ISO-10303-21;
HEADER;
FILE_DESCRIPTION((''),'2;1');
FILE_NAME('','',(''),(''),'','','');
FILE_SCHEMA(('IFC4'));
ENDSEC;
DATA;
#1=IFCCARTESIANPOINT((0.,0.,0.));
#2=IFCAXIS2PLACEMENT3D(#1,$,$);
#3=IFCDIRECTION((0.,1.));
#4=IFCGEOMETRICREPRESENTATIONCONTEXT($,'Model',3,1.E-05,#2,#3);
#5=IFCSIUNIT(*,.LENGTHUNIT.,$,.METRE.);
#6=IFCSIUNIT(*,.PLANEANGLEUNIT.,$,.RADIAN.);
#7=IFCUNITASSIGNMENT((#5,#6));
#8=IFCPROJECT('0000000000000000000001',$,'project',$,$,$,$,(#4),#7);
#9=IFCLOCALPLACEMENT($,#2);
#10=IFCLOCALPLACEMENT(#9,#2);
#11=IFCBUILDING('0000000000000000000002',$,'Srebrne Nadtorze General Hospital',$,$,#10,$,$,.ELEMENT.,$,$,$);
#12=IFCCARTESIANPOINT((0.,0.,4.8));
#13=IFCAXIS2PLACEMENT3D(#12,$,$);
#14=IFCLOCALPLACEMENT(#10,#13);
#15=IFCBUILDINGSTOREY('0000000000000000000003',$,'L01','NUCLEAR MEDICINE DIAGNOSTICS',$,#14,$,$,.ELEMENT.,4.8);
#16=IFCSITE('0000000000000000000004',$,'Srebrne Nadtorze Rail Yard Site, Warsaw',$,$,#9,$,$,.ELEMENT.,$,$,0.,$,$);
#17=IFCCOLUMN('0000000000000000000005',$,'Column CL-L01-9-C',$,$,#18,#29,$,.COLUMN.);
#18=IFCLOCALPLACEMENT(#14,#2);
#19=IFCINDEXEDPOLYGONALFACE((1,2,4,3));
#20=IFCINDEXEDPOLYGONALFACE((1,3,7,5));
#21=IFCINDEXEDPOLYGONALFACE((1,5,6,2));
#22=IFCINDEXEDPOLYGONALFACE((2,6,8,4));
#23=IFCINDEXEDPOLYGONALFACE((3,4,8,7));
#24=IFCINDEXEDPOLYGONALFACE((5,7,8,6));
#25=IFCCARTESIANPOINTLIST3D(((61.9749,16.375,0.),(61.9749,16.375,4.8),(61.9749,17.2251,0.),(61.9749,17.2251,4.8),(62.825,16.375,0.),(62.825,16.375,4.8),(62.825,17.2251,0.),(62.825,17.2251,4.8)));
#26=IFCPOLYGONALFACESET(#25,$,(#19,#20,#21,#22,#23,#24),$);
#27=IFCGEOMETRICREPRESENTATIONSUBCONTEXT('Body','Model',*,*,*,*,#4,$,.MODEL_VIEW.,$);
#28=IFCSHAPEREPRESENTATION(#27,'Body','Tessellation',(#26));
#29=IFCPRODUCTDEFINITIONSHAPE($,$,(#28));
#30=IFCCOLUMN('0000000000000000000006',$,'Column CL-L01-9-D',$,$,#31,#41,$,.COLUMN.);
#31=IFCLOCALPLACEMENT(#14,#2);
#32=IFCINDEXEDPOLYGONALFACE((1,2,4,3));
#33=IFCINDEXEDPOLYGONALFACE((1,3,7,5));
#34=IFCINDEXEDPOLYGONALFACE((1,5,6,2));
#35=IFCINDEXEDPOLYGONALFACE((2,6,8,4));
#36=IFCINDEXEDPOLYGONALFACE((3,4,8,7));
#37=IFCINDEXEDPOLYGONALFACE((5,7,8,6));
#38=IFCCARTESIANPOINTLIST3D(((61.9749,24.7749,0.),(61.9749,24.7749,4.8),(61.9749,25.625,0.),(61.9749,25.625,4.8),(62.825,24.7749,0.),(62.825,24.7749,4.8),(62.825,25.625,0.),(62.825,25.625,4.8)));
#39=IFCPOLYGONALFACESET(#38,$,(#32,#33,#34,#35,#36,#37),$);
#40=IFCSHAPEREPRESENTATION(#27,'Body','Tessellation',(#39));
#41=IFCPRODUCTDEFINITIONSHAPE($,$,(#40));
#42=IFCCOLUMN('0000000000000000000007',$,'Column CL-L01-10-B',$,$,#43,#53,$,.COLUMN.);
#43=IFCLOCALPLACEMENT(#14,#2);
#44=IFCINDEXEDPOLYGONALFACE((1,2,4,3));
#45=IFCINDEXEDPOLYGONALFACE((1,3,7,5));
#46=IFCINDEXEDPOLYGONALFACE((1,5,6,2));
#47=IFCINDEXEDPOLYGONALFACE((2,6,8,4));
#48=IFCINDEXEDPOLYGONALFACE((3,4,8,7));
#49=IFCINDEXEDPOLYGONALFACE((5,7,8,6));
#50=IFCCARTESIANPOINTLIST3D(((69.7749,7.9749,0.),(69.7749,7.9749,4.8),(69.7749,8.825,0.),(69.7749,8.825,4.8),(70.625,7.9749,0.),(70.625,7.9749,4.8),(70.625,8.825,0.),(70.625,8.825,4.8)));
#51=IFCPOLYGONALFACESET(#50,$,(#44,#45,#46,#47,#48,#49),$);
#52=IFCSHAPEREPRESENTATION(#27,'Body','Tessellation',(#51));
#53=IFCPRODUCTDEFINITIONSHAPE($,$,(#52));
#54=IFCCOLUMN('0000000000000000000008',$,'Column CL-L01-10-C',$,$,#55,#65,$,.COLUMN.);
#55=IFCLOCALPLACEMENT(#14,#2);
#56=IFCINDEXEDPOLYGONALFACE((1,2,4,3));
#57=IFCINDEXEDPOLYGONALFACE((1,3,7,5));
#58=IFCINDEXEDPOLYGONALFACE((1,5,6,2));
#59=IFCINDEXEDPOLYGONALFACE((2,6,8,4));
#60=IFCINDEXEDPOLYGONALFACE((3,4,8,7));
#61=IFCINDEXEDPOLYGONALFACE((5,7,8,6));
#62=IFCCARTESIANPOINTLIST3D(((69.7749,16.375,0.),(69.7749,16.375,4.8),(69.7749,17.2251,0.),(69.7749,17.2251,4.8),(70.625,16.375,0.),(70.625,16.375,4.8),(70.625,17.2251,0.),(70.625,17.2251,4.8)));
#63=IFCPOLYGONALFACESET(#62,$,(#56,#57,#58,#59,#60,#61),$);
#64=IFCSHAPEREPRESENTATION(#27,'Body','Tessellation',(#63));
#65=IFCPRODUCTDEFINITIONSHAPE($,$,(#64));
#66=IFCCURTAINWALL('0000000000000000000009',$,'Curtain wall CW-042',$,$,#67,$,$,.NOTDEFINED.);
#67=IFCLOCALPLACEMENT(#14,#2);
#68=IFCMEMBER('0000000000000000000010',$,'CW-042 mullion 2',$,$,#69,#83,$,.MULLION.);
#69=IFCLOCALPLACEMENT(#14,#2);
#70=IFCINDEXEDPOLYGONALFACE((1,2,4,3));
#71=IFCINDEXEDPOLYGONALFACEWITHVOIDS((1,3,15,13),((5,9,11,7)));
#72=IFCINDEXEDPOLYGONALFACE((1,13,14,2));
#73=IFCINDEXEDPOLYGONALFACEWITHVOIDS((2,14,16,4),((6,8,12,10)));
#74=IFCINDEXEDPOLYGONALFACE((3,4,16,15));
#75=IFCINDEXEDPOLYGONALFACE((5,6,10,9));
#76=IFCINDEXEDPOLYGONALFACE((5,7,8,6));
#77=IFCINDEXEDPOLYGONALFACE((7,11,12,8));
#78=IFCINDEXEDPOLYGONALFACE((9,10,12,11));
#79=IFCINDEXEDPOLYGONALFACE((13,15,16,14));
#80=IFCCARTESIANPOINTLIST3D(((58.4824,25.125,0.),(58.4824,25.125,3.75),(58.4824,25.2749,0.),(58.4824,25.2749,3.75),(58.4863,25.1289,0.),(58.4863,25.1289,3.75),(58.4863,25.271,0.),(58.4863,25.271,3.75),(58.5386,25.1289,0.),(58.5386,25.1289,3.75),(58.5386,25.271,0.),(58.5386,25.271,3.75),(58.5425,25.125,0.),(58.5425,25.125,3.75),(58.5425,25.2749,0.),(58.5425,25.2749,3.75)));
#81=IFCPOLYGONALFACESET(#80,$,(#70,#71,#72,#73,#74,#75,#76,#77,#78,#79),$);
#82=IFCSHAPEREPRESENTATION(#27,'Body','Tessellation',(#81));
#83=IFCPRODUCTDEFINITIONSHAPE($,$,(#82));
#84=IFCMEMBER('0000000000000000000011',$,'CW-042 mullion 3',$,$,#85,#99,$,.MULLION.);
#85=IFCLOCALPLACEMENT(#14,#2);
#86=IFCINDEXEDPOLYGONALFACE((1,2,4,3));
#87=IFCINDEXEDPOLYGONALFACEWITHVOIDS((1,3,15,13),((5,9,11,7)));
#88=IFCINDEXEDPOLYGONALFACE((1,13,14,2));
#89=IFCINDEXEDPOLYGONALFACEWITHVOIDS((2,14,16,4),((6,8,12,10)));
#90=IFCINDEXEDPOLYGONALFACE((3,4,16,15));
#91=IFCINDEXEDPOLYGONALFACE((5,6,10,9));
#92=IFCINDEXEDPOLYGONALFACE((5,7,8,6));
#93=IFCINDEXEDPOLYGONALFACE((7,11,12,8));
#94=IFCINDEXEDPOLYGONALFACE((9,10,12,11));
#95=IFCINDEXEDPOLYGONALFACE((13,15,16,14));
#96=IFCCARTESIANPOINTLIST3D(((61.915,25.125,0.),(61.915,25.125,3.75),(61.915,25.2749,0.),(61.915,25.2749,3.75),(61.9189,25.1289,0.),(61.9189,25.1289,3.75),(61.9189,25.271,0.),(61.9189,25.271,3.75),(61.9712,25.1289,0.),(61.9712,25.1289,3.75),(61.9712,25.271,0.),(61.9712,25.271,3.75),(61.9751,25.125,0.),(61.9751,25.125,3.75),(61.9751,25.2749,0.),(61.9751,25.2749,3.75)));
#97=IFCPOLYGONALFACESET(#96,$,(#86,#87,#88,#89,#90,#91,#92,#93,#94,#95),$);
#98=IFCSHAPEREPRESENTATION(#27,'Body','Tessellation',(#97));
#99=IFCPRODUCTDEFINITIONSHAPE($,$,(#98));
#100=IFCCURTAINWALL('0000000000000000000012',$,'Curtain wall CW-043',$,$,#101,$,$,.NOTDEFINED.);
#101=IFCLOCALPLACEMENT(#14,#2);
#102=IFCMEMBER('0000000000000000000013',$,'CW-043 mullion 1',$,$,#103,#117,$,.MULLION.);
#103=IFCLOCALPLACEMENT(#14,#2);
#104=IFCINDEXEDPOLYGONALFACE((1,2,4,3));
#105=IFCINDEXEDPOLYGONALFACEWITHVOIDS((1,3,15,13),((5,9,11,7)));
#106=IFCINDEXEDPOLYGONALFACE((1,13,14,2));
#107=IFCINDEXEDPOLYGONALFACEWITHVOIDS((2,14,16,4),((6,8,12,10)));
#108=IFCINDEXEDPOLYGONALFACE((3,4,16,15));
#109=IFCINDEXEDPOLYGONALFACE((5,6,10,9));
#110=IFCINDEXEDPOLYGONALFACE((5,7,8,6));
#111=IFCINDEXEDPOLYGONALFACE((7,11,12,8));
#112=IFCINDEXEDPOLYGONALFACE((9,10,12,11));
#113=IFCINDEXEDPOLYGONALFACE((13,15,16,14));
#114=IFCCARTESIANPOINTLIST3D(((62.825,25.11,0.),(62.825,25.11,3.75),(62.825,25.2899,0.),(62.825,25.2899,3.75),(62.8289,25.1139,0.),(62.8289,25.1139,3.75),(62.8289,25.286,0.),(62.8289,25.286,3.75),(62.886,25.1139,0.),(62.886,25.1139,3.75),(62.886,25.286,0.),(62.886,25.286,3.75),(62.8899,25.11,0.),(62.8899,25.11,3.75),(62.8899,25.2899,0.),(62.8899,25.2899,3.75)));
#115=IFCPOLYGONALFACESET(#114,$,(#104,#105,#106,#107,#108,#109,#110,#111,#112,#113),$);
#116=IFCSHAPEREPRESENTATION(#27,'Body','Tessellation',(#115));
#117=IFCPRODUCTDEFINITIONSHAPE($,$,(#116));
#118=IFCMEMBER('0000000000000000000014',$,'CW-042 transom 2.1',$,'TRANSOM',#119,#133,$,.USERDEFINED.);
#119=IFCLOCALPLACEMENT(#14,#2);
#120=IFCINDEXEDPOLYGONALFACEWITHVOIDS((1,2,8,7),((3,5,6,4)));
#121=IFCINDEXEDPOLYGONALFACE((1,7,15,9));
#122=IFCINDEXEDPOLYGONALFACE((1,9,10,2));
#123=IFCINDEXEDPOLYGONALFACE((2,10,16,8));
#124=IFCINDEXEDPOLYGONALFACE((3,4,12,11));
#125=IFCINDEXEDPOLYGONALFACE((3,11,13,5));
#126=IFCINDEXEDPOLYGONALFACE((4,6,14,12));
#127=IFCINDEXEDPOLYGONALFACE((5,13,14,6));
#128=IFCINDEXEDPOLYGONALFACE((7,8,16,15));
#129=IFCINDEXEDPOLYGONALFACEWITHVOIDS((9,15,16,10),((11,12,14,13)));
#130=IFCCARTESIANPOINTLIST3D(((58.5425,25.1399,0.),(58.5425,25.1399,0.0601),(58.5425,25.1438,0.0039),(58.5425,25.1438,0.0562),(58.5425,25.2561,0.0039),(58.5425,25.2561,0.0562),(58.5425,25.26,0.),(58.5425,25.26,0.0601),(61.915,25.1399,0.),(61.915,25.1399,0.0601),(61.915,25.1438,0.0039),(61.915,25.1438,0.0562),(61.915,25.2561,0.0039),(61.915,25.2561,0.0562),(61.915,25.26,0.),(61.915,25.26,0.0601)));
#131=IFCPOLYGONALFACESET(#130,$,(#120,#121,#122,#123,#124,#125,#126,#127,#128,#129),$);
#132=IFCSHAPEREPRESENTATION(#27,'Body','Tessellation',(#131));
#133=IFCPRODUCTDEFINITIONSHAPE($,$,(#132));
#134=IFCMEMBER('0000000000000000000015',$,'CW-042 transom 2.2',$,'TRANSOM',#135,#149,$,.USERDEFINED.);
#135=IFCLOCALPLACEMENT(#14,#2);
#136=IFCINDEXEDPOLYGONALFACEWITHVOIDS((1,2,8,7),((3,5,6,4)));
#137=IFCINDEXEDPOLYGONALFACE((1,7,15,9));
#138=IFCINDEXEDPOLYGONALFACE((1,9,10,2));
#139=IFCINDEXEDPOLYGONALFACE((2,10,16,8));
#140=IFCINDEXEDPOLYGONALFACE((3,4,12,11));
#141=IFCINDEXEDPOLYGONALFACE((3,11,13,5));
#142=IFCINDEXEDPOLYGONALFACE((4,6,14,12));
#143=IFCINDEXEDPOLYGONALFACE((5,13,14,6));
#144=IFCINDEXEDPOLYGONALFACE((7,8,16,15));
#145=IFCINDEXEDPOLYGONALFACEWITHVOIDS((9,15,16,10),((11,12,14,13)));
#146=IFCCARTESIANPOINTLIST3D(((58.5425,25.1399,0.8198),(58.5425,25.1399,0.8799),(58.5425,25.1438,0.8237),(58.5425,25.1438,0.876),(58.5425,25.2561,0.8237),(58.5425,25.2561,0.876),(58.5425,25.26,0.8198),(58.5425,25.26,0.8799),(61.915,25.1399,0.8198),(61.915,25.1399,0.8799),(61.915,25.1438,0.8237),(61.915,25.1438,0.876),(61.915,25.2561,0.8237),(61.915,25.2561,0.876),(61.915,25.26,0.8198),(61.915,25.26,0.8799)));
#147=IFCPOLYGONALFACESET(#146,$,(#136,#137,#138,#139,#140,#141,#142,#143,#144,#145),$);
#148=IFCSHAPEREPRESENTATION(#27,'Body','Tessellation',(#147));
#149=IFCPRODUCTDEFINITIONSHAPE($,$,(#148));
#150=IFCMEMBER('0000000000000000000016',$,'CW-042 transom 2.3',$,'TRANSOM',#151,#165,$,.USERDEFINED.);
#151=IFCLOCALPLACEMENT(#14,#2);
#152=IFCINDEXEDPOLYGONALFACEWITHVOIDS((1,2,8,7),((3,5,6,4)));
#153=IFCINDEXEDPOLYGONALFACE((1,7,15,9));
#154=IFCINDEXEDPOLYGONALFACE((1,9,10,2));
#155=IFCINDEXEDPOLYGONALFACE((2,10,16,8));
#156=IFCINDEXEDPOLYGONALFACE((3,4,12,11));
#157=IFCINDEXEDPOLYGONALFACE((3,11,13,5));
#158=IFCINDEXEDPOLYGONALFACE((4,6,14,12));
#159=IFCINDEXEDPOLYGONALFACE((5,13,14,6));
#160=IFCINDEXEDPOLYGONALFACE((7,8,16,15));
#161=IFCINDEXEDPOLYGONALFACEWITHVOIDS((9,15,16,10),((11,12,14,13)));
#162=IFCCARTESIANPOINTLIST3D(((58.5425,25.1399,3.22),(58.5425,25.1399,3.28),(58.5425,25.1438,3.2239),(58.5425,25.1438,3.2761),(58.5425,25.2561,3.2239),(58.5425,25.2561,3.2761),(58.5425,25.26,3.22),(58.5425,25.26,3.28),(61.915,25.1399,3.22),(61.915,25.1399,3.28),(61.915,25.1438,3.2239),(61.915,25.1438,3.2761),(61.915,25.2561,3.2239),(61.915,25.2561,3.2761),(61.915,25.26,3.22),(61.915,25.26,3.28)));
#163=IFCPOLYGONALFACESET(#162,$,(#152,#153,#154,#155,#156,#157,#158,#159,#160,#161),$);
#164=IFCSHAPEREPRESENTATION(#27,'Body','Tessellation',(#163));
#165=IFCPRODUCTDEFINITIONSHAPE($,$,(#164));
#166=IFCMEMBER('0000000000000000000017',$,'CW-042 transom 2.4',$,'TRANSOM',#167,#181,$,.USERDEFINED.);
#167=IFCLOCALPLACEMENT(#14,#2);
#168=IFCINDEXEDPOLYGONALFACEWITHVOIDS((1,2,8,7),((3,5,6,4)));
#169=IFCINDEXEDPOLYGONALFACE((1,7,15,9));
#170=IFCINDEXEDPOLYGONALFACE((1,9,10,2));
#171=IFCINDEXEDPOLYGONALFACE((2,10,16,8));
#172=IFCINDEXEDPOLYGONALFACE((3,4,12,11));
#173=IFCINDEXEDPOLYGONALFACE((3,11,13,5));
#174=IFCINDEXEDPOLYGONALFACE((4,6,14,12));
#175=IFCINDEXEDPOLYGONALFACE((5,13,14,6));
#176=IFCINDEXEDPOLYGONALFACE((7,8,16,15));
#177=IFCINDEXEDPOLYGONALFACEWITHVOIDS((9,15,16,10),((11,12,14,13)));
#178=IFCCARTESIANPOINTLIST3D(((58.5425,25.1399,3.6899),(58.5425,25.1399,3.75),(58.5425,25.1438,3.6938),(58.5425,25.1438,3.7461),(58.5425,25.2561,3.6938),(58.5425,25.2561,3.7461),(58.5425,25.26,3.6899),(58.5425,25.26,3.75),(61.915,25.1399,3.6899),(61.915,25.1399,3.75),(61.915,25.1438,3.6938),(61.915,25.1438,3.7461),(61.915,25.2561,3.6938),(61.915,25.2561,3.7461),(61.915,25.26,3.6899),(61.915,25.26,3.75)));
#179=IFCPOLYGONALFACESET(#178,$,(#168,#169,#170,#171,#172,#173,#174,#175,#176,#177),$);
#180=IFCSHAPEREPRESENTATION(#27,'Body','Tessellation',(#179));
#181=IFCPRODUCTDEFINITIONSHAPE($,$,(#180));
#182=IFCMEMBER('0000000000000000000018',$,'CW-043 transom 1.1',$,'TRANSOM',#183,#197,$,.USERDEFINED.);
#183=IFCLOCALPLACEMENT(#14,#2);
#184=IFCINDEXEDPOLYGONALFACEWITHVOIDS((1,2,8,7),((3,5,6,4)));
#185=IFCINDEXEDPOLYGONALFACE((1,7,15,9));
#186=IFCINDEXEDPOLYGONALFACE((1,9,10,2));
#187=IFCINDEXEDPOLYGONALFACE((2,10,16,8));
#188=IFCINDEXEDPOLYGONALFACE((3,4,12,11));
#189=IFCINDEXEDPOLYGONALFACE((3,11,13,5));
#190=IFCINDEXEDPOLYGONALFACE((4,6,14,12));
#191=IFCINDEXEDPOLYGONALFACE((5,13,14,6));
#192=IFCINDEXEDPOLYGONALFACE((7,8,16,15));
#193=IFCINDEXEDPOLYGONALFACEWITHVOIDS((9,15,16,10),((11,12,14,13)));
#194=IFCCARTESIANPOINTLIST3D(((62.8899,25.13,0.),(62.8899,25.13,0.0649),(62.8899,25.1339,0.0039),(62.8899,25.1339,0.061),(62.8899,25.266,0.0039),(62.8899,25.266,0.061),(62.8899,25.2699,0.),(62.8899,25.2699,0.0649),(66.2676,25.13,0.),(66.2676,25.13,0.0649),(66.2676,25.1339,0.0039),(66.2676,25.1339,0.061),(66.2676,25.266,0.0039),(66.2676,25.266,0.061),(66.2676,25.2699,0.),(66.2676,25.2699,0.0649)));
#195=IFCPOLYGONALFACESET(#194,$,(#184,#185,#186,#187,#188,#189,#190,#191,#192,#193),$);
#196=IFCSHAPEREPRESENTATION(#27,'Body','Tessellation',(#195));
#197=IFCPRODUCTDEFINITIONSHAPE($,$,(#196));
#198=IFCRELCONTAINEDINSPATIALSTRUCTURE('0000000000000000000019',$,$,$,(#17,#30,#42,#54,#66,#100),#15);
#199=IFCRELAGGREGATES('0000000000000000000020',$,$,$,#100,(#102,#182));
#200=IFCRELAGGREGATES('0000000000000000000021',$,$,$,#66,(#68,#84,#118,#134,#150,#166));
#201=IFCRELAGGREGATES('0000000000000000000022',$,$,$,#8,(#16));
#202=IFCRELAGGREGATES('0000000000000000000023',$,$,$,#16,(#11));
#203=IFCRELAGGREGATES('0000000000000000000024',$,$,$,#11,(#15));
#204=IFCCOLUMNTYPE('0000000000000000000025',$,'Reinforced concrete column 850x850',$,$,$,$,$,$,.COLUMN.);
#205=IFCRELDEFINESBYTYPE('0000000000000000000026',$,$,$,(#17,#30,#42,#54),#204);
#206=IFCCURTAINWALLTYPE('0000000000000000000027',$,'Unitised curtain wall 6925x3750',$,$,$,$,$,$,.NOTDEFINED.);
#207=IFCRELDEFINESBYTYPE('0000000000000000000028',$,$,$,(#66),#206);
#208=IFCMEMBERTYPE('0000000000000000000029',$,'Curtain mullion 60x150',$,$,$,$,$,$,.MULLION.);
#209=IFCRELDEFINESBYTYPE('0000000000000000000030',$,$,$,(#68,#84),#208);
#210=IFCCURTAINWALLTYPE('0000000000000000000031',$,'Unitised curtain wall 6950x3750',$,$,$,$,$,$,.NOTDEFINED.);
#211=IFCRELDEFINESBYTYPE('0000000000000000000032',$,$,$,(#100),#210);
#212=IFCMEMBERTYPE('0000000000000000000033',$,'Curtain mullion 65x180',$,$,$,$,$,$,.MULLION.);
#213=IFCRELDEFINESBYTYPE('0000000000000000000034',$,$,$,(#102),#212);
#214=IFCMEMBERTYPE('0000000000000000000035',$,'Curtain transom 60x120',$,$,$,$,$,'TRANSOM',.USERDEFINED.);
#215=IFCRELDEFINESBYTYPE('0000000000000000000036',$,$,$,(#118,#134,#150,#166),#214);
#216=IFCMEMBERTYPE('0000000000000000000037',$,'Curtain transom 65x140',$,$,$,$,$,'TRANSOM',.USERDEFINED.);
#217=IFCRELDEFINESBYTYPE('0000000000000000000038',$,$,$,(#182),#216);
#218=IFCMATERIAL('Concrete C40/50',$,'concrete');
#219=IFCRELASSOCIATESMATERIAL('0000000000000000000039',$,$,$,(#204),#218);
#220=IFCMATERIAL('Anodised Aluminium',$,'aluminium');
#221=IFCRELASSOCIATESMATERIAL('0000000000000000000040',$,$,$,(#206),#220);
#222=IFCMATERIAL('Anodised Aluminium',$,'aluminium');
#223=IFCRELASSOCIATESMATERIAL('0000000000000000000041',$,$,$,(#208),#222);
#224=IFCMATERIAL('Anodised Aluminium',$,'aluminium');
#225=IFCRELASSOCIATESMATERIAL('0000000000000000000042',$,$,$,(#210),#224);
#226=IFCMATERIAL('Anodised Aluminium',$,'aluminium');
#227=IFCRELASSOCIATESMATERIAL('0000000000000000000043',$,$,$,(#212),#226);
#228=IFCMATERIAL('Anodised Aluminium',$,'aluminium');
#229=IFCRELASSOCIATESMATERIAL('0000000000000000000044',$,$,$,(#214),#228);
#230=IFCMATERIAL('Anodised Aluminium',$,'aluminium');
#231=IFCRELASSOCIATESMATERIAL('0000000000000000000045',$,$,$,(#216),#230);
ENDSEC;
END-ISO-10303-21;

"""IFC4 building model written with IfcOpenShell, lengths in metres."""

from ifc_helpers import new_model, si_unit, direction, frame, origin, origin_2d, place, context, subcontext, project, spatial, rectangle, hollow_rectangle, extrude, material, material_profile, profile_set, type_object, element, aggregate, save


model = new_model("IFC4")

# Units and contexts
model_context = context("Model", 3, precision=1e-05, world=origin(), true_north=direction((0.0, 1.0)))
body_context = subcontext(model_context, "Body", "Model", "MODEL_VIEW")
ifc_project = project(units=[si_unit("LENGTHUNIT", "METRE"), si_unit("PLANEANGLEUNIT", "RADIAN")], contexts=[model_context])

# Site, building, storey
site_placement = place(None, origin())
site = spatial("IfcSite", under=ifc_project, at=site_placement, Name="Srebrne Nadtorze Rail Yard Site, Warsaw", CompositionType="ELEMENT", RefElevation=0.0)
building_placement = place(site_placement, origin())
building = spatial("IfcBuilding", under=site, at=building_placement, Name="Srebrne Nadtorze General Hospital", CompositionType="ELEMENT")
storey_placement = place(building_placement, frame((0.0, 0.0, 4.8)))
storey = spatial("IfcBuildingStorey", under=building, at=storey_placement, Name="L01", Description="NUCLEAR MEDICINE DIAGNOSTICS", CompositionType="ELEMENT", Elevation=4.8)

# Columns
ifc_material_1 = material(Name="Concrete C40/50", Category="concrete")
ifc_material_profile_1 = material_profile(ifc_material_1, rectangle(XDim=0.8501, YDim=0.8501, at=origin_2d()), Name="RC-COL-850x850")
ifc_profile_set_1 = profile_set([ifc_material_profile_1], Name="Concrete C40/50")
column_type = type_object("IfcColumnType", Name="Reinforced concrete column 850x850", PredefinedType="COLUMN", material=ifc_profile_set_1)
for number, where, z_axis, x_axis, name in (
    (1, (62.3999, 16.8, 0.0), (0.0, 0.0, 1.0), (1.0, 0.0, 0.0), "Column CL-L01-9-C"),
    (2, (62.3999, 25.2, 0.0), (0.0, 0.0, 1.0), (1.0, 0.0, 0.0), "Column CL-L01-9-D"),
    (3, (70.2, 8.3999, 0.0), (0.0, 0.0, 1.0), (1.0, 0.0, 0.0), "Column CL-L01-10-B"),
    (4, (70.2, 16.8, 0.0), (0.0, 0.0, 1.0), (1.0, 0.0, 0.0), "Column CL-L01-10-C"),
):
    element("IfcColumn", number, at=place(storey_placement, frame(where, z_axis=z_axis, x_axis=x_axis)), inside=storey, type_object=column_type, Name=name, PredefinedType="COLUMN", context=body_context, shape_type="SweptSolid", body=[
        extrude(rectangle(XDim=0.8501, YDim=0.8501, at=origin_2d()), origin(), (0.0, 0.0, 1.0), 4.8),
    ])

# Curtain wall, members
ifc_material_2 = material(Name="Anodised Aluminium", Category="aluminium")
curtain_wall_type_1 = type_object("IfcCurtainWallType", Name="Unitised curtain wall 6925x3750", PredefinedType="NOTDEFINED", material=ifc_material_2)
curtain_wall_1_placement = place(storey_placement, origin())
curtain_wall_1 = element("IfcCurtainWall", 5, at=curtain_wall_1_placement, inside=storey, type_object=curtain_wall_type_1, Name="Curtain wall CW-042", PredefinedType="NOTDEFINED")
ifc_material_3 = material(Name="Anodised Aluminium", Category="aluminium")
ifc_material_profile_2 = material_profile(ifc_material_3, hollow_rectangle(XDim=0.0601, YDim=0.1499, WallThickness=0.0039, at=origin_2d()), Name="AL-MUL-60x150")
ifc_profile_set_2 = profile_set([ifc_material_profile_2], Name="Anodised Aluminium")
member_type_1 = type_object("IfcMemberType", Name="Curtain mullion 60x150", PredefinedType="MULLION", material=ifc_profile_set_2)
member_1_placement = place(storey_placement, frame((58.5125, 25.2, 0.0), z_axis=(0.0, 0.0, 1.0), x_axis=(1.0, 0.0, 0.0)))
member_1 = element("IfcMember", 6, at=member_1_placement, type_object=member_type_1, Name="CW-042 mullion 2", PredefinedType="MULLION", context=body_context, shape_type="SweptSolid", body=[
    extrude(hollow_rectangle(XDim=0.0601, YDim=0.1499, WallThickness=0.0039, at=origin_2d()), origin(), (0.0, 0.0, 1.0), 3.75),
])
member_2_placement = place(storey_placement, frame((61.9451, 25.2, 0.0), z_axis=(0.0, 0.0, 1.0), x_axis=(1.0, 0.0, 0.0)))
member_2 = element("IfcMember", 7, at=member_2_placement, type_object=member_type_1, Name="CW-042 mullion 3", PredefinedType="MULLION", context=body_context, shape_type="SweptSolid", body=[
    extrude(hollow_rectangle(XDim=0.0601, YDim=0.1499, WallThickness=0.0039, at=origin_2d()), origin(), (0.0, 0.0, 1.0), 3.75),
])

# Curtain wall, member
ifc_material_4 = material(Name="Anodised Aluminium", Category="aluminium")
curtain_wall_type_2 = type_object("IfcCurtainWallType", Name="Unitised curtain wall 6950x3750", PredefinedType="NOTDEFINED", material=ifc_material_4)
curtain_wall_2_placement = place(storey_placement, origin())
curtain_wall_2 = element("IfcCurtainWall", 8, at=curtain_wall_2_placement, inside=storey, type_object=curtain_wall_type_2, Name="Curtain wall CW-043", PredefinedType="NOTDEFINED")
ifc_material_5 = material(Name="Anodised Aluminium", Category="aluminium")
ifc_material_profile_3 = material_profile(ifc_material_5, hollow_rectangle(XDim=0.0649, YDim=0.1799, WallThickness=0.0039, at=origin_2d()), Name="AL-MUL-65x180")
ifc_profile_set_3 = profile_set([ifc_material_profile_3], Name="Anodised Aluminium")
member_type_2 = type_object("IfcMemberType", Name="Curtain mullion 65x180", PredefinedType="MULLION", material=ifc_profile_set_3)
member_3_placement = place(storey_placement, frame((62.8574, 25.2, 0.0), z_axis=(0.0, 0.0, 1.0), x_axis=(1.0, 0.0, 0.0)))
member_3 = element("IfcMember", 9, at=member_3_placement, type_object=member_type_2, Name="CW-043 mullion 1", PredefinedType="MULLION", context=body_context, shape_type="SweptSolid", body=[
    extrude(hollow_rectangle(XDim=0.0649, YDim=0.1799, WallThickness=0.0039, at=origin_2d()), origin(), (0.0, 0.0, 1.0), 3.75),
])

# Members
ifc_material_6 = material(Name="Anodised Aluminium", Category="aluminium")
ifc_material_profile_4 = material_profile(ifc_material_6, hollow_rectangle(XDim=0.0601, YDim=0.1201, WallThickness=0.0039, at=origin_2d()), Name="AL-TRN-60x120")
ifc_profile_set_4 = profile_set([ifc_material_profile_4], Name="Anodised Aluminium")
member_type_3 = type_object("IfcMemberType", Name="Curtain transom 60x120", ElementType="TRANSOM", PredefinedType="USERDEFINED", material=ifc_profile_set_4)
member_4_placement = place(storey_placement, frame((58.5425, 25.2, 0.03), z_axis=(1.0, 0.0, 0.0), x_axis=(0.0, 0.0, 1.0)))
member_4 = element("IfcMember", 10, at=member_4_placement, type_object=member_type_3, Name="CW-042 transom 2.1", ObjectType="TRANSOM", PredefinedType="USERDEFINED", context=body_context, shape_type="SweptSolid", body=[
    extrude(hollow_rectangle(XDim=0.0601, YDim=0.1201, WallThickness=0.0039, at=origin_2d()), origin(), (0.0, 0.0, 1.0), 3.3726),
])
member_5_placement = place(storey_placement, frame((58.5425, 25.2, 0.8499), z_axis=(1.0, 0.0, 0.0), x_axis=(0.0, 0.0, 1.0)))
member_5 = element("IfcMember", 11, at=member_5_placement, type_object=member_type_3, Name="CW-042 transom 2.2", ObjectType="TRANSOM", PredefinedType="USERDEFINED", context=body_context, shape_type="SweptSolid", body=[
    extrude(hollow_rectangle(XDim=0.0601, YDim=0.1201, WallThickness=0.0039, at=origin_2d()), origin(), (0.0, 0.0, 1.0), 3.3726),
])
member_6_placement = place(storey_placement, frame((58.5425, 25.2, 3.25), z_axis=(1.0, 0.0, 0.0), x_axis=(0.0, 0.0, 1.0)))
member_6 = element("IfcMember", 12, at=member_6_placement, type_object=member_type_3, Name="CW-042 transom 2.3", ObjectType="TRANSOM", PredefinedType="USERDEFINED", context=body_context, shape_type="SweptSolid", body=[
    extrude(hollow_rectangle(XDim=0.0601, YDim=0.1201, WallThickness=0.0039, at=origin_2d()), origin(), (0.0, 0.0, 1.0), 3.3726),
])
member_7_placement = place(storey_placement, frame((58.5425, 25.2, 3.72), z_axis=(1.0, 0.0, 0.0), x_axis=(0.0, 0.0, 1.0)))
member_7 = element("IfcMember", 13, at=member_7_placement, type_object=member_type_3, Name="CW-042 transom 2.4", ObjectType="TRANSOM", PredefinedType="USERDEFINED", context=body_context, shape_type="SweptSolid", body=[
    extrude(hollow_rectangle(XDim=0.0601, YDim=0.1201, WallThickness=0.0039, at=origin_2d()), origin(), (0.0, 0.0, 1.0), 3.3726),
])
ifc_material_7 = material(Name="Anodised Aluminium", Category="aluminium")
ifc_material_profile_5 = material_profile(ifc_material_7, hollow_rectangle(XDim=0.0649, YDim=0.1399, WallThickness=0.0039, at=origin_2d()), Name="AL-TRN-65x140")
ifc_profile_set_5 = profile_set([ifc_material_profile_5], Name="Anodised Aluminium")
member_type_4 = type_object("IfcMemberType", Name="Curtain transom 65x140", ElementType="TRANSOM", PredefinedType="USERDEFINED", material=ifc_profile_set_5)
member_8_placement = place(storey_placement, frame((62.8899, 25.2, 0.0325), z_axis=(1.0, 0.0, 0.0), x_axis=(0.0, 0.0, 1.0)))
member_8 = element("IfcMember", 14, at=member_8_placement, type_object=member_type_4, Name="CW-043 transom 1.1", ObjectType="TRANSOM", PredefinedType="USERDEFINED", context=body_context, shape_type="SweptSolid", body=[
    extrude(hollow_rectangle(XDim=0.0649, YDim=0.1399, WallThickness=0.0039, at=origin_2d()), origin(), (0.0, 0.0, 1.0), 3.3777),
])
aggregate(curtain_wall_2, [member_3, member_8])

aggregate(curtain_wall_1, [member_1, member_2, member_4, member_5, member_6, member_7])

save(model, "model.ifc")
